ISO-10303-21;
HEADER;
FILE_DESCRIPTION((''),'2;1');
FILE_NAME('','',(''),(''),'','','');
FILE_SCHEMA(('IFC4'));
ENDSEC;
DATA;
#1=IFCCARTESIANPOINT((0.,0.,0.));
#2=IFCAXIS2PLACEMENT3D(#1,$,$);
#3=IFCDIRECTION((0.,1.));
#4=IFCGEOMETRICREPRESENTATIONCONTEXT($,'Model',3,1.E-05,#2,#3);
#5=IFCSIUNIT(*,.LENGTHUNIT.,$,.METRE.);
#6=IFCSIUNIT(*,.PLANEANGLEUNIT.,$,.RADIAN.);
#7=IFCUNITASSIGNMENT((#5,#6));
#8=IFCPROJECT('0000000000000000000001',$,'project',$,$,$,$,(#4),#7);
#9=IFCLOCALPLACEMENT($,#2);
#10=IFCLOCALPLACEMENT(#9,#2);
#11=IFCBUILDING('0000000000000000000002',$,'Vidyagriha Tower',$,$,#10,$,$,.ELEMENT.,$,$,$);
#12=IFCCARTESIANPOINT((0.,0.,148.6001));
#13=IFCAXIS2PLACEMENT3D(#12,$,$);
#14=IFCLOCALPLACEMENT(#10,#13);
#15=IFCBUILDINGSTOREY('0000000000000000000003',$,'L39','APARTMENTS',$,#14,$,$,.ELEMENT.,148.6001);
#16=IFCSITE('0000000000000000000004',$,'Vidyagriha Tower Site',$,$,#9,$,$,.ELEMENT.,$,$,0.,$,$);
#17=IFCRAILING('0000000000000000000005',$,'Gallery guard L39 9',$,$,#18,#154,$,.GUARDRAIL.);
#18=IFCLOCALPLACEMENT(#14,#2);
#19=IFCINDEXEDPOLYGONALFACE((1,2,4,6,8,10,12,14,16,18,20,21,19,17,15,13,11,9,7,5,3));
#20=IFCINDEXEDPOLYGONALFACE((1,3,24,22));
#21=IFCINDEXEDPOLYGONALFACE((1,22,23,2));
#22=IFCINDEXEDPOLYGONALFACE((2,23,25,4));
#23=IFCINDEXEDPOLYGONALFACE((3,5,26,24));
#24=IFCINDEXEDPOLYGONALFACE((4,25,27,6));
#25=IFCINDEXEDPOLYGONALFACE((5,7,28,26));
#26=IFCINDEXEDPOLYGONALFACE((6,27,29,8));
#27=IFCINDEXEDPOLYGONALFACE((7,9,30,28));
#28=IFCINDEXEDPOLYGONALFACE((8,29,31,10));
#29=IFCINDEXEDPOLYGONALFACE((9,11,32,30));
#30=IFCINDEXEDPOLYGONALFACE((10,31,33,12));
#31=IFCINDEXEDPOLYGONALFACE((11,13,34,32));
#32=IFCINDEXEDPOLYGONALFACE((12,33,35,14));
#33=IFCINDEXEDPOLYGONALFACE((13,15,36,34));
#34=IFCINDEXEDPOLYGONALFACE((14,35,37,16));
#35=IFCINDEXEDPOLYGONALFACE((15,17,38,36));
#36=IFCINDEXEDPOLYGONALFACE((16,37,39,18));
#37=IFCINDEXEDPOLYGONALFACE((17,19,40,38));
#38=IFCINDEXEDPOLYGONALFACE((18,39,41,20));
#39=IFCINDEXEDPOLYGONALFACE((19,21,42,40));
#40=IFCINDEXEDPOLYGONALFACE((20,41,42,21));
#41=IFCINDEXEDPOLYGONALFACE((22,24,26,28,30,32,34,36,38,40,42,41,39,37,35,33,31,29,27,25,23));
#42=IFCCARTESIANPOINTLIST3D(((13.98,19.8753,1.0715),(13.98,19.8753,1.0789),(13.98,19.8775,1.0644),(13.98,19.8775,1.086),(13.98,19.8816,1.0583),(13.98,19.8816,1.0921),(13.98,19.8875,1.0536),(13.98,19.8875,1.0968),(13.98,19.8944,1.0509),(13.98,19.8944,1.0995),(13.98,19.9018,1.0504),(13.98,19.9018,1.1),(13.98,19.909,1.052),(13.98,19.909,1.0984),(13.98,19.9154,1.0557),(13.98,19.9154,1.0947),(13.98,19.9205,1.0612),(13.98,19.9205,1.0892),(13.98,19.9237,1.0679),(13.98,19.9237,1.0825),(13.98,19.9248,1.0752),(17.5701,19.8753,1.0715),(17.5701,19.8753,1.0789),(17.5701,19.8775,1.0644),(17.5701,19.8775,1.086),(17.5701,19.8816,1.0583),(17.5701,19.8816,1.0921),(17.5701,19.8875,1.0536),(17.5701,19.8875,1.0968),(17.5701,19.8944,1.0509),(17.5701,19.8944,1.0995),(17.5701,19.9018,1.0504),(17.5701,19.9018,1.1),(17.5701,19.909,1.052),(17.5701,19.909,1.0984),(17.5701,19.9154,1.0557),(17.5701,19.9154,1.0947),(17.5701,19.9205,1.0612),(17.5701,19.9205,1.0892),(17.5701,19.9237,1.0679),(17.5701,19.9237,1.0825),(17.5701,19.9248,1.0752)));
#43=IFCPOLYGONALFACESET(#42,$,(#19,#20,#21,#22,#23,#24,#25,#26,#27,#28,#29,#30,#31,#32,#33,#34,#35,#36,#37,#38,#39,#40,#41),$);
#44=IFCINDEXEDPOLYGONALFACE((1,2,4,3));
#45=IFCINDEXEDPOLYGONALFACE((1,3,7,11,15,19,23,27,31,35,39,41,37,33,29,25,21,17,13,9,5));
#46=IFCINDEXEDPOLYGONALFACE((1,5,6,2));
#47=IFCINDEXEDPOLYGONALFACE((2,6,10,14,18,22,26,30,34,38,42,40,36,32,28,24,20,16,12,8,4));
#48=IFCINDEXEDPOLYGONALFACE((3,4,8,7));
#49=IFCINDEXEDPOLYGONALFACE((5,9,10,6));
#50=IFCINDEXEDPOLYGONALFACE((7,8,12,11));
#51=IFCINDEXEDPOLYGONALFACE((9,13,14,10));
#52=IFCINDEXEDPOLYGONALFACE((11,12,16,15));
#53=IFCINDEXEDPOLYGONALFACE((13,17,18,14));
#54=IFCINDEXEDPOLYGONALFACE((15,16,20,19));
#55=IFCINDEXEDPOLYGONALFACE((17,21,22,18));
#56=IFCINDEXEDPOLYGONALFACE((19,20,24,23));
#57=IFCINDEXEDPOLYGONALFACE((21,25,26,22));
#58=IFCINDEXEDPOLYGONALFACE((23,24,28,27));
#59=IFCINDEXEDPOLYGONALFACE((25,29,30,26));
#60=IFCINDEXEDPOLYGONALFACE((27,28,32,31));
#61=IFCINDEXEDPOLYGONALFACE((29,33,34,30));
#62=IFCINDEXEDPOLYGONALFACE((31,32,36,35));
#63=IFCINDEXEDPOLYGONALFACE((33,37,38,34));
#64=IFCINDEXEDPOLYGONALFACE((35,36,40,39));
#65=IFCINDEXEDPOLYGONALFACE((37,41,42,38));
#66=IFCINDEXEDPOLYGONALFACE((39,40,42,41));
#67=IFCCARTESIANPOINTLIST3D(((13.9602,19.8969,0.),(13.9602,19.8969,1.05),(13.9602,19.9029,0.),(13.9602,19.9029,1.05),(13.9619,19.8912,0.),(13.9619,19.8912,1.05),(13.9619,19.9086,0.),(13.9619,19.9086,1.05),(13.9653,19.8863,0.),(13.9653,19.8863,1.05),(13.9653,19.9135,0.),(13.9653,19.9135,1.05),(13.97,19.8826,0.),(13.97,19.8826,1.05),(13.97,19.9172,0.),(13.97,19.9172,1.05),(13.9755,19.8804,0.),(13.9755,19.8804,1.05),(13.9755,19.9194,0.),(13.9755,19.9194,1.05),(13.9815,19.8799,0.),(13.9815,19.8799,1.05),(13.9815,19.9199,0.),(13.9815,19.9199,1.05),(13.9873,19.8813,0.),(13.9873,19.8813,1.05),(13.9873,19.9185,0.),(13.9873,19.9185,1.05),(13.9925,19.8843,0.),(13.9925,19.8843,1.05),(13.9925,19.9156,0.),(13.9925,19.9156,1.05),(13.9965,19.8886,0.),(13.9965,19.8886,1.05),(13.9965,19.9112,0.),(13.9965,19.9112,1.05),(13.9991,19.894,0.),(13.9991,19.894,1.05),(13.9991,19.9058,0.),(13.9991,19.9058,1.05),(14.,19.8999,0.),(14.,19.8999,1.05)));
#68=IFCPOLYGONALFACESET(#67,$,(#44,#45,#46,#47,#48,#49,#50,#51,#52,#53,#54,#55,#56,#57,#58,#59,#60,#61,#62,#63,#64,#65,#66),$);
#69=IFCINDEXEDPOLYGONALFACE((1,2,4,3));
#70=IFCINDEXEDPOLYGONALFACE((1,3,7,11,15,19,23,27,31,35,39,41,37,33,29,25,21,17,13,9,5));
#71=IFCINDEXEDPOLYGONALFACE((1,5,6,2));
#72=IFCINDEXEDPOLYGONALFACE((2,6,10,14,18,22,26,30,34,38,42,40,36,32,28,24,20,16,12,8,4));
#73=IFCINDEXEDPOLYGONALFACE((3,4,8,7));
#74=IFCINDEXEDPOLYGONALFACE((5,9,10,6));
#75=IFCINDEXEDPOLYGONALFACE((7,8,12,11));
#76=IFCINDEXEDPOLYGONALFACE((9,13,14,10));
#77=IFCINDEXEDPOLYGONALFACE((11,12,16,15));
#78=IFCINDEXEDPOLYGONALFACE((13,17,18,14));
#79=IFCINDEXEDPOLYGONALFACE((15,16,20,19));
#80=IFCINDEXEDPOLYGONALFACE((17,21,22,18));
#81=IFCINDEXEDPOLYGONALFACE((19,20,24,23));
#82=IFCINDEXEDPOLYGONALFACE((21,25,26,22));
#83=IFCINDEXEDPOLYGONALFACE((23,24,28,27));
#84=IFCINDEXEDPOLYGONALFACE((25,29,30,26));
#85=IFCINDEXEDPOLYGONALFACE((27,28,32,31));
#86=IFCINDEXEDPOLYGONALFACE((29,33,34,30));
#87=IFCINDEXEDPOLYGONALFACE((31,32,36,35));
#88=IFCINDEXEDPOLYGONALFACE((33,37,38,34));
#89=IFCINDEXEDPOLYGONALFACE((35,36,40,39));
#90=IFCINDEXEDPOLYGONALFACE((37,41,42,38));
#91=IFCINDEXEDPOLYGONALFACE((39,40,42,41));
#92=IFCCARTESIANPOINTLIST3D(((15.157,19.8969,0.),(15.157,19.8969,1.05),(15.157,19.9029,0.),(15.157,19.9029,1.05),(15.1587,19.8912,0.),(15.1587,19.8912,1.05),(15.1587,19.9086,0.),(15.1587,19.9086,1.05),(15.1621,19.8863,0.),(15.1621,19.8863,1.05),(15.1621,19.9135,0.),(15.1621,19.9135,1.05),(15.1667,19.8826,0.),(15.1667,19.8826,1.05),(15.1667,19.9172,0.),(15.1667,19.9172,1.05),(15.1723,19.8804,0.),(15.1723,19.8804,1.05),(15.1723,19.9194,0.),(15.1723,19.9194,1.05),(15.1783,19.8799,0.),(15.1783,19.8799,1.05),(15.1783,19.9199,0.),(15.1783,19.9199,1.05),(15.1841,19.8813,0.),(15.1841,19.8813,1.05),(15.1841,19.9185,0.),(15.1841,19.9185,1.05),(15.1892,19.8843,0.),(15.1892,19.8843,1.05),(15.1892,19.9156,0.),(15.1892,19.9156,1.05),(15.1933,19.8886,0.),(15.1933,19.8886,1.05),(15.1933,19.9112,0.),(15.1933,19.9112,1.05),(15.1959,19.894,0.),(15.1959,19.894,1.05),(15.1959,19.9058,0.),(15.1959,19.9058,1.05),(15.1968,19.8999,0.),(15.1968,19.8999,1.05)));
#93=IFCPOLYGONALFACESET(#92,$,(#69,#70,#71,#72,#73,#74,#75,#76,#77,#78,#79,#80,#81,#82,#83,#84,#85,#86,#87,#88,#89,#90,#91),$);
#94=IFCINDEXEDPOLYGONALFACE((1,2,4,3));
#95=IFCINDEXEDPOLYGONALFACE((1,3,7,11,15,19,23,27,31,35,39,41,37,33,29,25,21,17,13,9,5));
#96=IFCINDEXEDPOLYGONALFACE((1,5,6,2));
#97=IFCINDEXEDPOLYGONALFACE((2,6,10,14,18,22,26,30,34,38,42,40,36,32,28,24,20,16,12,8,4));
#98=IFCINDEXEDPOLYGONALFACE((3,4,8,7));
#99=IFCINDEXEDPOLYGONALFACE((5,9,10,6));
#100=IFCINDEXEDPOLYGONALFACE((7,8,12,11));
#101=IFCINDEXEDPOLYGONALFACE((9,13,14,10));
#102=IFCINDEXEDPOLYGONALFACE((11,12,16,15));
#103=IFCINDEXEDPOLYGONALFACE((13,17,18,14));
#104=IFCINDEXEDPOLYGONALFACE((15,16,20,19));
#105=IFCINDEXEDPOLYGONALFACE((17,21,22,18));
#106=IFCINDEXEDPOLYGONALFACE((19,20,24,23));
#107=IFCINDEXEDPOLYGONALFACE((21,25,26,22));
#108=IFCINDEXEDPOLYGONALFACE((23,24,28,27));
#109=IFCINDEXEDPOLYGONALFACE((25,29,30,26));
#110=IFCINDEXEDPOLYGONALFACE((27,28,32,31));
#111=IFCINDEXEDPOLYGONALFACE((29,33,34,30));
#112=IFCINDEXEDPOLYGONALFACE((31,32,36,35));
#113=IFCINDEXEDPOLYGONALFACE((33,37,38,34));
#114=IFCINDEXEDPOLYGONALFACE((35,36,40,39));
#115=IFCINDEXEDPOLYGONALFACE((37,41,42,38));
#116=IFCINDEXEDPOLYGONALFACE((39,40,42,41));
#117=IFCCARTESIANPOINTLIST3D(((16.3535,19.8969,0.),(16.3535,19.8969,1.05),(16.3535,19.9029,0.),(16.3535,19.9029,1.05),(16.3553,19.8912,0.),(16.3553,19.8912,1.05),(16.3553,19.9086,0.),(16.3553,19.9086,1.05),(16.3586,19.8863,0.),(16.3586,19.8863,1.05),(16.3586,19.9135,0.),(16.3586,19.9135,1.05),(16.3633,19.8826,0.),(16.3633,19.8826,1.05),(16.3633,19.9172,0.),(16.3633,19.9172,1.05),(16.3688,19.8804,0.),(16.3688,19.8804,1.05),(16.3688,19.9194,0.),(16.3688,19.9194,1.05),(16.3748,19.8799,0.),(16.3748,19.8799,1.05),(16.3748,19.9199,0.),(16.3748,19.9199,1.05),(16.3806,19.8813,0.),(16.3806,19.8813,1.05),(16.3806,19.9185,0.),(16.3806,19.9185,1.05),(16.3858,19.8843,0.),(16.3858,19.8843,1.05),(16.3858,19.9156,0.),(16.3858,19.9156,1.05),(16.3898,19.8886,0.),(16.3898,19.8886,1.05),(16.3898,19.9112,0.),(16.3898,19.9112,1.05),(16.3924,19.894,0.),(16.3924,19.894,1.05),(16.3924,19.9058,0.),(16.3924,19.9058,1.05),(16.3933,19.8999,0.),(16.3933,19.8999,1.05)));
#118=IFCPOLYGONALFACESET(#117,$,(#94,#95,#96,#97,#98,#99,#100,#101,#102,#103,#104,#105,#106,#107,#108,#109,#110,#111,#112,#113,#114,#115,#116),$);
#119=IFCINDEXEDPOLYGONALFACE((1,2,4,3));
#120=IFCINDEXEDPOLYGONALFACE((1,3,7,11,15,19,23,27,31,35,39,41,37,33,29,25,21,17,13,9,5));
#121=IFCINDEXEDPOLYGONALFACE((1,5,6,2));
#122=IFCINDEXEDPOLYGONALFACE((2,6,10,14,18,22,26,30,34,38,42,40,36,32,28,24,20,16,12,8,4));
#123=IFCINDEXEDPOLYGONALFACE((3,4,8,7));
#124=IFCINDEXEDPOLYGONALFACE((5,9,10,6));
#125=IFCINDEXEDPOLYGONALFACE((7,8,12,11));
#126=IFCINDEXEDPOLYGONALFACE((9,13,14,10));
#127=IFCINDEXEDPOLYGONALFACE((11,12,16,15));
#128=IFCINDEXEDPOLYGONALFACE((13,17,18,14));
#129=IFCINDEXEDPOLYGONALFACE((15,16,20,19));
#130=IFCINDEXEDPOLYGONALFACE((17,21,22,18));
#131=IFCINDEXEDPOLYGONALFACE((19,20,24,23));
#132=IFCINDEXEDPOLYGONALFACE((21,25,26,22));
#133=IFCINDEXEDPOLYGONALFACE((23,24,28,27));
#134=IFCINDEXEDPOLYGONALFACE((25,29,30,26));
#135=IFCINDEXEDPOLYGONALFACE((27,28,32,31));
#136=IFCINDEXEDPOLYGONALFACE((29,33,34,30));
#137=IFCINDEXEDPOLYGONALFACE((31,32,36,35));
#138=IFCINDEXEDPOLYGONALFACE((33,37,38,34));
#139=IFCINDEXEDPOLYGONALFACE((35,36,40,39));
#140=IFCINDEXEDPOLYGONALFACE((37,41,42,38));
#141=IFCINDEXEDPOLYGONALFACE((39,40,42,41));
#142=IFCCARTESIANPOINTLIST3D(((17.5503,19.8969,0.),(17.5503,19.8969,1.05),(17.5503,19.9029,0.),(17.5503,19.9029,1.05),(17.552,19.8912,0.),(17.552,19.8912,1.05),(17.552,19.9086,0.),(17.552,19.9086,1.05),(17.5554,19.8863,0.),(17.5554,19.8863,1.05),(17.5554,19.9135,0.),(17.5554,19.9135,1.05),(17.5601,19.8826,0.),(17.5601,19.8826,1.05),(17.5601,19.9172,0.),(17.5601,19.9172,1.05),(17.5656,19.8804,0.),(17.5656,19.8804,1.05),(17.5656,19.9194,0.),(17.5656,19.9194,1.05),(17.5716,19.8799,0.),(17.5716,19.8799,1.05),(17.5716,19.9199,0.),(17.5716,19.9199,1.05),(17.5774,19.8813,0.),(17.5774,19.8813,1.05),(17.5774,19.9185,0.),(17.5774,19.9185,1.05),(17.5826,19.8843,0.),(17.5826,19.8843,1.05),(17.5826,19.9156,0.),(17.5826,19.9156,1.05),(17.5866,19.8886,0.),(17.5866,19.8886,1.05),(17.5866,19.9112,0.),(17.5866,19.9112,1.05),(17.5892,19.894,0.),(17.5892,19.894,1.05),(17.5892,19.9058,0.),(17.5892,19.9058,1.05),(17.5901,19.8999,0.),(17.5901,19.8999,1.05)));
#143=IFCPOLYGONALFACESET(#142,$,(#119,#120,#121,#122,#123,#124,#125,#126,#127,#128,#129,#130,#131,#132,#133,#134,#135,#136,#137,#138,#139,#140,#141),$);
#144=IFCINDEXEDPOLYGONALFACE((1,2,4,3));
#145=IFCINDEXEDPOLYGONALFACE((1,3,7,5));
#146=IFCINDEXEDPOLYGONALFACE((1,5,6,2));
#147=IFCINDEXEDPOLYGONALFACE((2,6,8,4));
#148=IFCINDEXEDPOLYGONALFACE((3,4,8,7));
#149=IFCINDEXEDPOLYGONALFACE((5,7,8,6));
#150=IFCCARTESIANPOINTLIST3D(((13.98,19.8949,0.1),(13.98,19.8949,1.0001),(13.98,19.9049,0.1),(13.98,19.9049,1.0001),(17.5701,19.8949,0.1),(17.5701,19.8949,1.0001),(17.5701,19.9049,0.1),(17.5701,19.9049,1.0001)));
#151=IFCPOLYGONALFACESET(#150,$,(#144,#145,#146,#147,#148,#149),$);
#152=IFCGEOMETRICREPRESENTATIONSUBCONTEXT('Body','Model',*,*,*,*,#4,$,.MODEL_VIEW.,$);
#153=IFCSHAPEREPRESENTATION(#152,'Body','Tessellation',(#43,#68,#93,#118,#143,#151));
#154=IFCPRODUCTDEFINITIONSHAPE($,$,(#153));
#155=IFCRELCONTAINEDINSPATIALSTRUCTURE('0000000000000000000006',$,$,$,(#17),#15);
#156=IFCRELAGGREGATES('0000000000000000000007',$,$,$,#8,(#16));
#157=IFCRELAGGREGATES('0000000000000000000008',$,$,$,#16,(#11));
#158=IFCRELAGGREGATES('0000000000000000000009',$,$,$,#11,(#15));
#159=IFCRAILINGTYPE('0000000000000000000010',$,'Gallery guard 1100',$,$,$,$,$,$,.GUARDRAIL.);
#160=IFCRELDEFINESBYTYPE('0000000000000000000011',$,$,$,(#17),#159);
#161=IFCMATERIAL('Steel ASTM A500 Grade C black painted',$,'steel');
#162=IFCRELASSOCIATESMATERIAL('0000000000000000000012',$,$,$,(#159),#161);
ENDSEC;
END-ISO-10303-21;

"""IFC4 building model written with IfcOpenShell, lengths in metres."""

from ifc_helpers import new_model, si_unit, direction, frame, origin, origin_2d, place, context, subcontext, project, spatial, rectangle, circle, extrude, material, type_object, element, save


model = new_model("IFC4")

# Units and contexts
model_context = context("Model", 3, precision=1e-05, world=origin(), true_north=direction((0.0, 1.0)))
body_context = subcontext(model_context, "Body", "Model", "MODEL_VIEW")
ifc_project = project(units=[si_unit("LENGTHUNIT", "METRE"), si_unit("PLANEANGLEUNIT", "RADIAN")], contexts=[model_context])

# Site, building, storey
site_placement = place(None, origin())
site = spatial("IfcSite", under=ifc_project, at=site_placement, Name="Vidyagriha Tower Site", CompositionType="ELEMENT", RefElevation=0.0)
building_placement = place(site_placement, origin())
building = spatial("IfcBuilding", under=site, at=building_placement, Name="Vidyagriha Tower", CompositionType="ELEMENT")
storey_placement = place(building_placement, frame((0.0, 0.0, 148.6001)))
storey = spatial("IfcBuildingStorey", under=building, at=storey_placement, Name="L39", Description="APARTMENTS", CompositionType="ELEMENT", Elevation=148.6001)

# Railing
ifc_material_1 = material(Name="Steel ASTM A500 Grade C black painted", Category="steel")
railing_type_1 = type_object("IfcRailingType", Name="Gallery guard 1100", PredefinedType="GUARDRAIL", material=ifc_material_1)
railing_1_placement = place(storey_placement, frame((13.98, 19.8999, 0.0)))
element("IfcRailing", 1, at=railing_1_placement, inside=storey, type_object=railing_type_1, Name="Gallery guard L39 9", PredefinedType="GUARDRAIL", context=body_context, shape_type="SweptSolid", body=[
    extrude(circle(Radius=0.0249, at=origin_2d()), frame((0.0, 0.0, 1.0752), z_axis=(1.0, 0.0, 0.0), x_axis=(0.0, 1.0, 0.0)), (0.0, 0.0, 1.0), 3.5901),
    extrude(circle(Radius=0.02, at=origin_2d()), origin(), (0.0, 0.0, 1.0), 1.05),
    extrude(circle(Radius=0.02, at=origin_2d()), frame((1.1968, 0.0, 0.0)), (0.0, 0.0, 1.0), 1.05),
    extrude(circle(Radius=0.02, at=origin_2d()), frame((2.3933, 0.0, 0.0)), (0.0, 0.0, 1.0), 1.05),
    extrude(circle(Radius=0.02, at=origin_2d()), frame((3.5901, 0.0, 0.0)), (0.0, 0.0, 1.0), 1.05),
    extrude(rectangle(XDim=0.01, YDim=0.9001, at=origin_2d()), frame((0.0, 0.0, 0.55), z_axis=(1.0, 0.0, 0.0), x_axis=(0.0, 1.0, 0.0)), (0.0, 0.0, 1.0), 3.5901),
])

save(model, "model.ifc")
